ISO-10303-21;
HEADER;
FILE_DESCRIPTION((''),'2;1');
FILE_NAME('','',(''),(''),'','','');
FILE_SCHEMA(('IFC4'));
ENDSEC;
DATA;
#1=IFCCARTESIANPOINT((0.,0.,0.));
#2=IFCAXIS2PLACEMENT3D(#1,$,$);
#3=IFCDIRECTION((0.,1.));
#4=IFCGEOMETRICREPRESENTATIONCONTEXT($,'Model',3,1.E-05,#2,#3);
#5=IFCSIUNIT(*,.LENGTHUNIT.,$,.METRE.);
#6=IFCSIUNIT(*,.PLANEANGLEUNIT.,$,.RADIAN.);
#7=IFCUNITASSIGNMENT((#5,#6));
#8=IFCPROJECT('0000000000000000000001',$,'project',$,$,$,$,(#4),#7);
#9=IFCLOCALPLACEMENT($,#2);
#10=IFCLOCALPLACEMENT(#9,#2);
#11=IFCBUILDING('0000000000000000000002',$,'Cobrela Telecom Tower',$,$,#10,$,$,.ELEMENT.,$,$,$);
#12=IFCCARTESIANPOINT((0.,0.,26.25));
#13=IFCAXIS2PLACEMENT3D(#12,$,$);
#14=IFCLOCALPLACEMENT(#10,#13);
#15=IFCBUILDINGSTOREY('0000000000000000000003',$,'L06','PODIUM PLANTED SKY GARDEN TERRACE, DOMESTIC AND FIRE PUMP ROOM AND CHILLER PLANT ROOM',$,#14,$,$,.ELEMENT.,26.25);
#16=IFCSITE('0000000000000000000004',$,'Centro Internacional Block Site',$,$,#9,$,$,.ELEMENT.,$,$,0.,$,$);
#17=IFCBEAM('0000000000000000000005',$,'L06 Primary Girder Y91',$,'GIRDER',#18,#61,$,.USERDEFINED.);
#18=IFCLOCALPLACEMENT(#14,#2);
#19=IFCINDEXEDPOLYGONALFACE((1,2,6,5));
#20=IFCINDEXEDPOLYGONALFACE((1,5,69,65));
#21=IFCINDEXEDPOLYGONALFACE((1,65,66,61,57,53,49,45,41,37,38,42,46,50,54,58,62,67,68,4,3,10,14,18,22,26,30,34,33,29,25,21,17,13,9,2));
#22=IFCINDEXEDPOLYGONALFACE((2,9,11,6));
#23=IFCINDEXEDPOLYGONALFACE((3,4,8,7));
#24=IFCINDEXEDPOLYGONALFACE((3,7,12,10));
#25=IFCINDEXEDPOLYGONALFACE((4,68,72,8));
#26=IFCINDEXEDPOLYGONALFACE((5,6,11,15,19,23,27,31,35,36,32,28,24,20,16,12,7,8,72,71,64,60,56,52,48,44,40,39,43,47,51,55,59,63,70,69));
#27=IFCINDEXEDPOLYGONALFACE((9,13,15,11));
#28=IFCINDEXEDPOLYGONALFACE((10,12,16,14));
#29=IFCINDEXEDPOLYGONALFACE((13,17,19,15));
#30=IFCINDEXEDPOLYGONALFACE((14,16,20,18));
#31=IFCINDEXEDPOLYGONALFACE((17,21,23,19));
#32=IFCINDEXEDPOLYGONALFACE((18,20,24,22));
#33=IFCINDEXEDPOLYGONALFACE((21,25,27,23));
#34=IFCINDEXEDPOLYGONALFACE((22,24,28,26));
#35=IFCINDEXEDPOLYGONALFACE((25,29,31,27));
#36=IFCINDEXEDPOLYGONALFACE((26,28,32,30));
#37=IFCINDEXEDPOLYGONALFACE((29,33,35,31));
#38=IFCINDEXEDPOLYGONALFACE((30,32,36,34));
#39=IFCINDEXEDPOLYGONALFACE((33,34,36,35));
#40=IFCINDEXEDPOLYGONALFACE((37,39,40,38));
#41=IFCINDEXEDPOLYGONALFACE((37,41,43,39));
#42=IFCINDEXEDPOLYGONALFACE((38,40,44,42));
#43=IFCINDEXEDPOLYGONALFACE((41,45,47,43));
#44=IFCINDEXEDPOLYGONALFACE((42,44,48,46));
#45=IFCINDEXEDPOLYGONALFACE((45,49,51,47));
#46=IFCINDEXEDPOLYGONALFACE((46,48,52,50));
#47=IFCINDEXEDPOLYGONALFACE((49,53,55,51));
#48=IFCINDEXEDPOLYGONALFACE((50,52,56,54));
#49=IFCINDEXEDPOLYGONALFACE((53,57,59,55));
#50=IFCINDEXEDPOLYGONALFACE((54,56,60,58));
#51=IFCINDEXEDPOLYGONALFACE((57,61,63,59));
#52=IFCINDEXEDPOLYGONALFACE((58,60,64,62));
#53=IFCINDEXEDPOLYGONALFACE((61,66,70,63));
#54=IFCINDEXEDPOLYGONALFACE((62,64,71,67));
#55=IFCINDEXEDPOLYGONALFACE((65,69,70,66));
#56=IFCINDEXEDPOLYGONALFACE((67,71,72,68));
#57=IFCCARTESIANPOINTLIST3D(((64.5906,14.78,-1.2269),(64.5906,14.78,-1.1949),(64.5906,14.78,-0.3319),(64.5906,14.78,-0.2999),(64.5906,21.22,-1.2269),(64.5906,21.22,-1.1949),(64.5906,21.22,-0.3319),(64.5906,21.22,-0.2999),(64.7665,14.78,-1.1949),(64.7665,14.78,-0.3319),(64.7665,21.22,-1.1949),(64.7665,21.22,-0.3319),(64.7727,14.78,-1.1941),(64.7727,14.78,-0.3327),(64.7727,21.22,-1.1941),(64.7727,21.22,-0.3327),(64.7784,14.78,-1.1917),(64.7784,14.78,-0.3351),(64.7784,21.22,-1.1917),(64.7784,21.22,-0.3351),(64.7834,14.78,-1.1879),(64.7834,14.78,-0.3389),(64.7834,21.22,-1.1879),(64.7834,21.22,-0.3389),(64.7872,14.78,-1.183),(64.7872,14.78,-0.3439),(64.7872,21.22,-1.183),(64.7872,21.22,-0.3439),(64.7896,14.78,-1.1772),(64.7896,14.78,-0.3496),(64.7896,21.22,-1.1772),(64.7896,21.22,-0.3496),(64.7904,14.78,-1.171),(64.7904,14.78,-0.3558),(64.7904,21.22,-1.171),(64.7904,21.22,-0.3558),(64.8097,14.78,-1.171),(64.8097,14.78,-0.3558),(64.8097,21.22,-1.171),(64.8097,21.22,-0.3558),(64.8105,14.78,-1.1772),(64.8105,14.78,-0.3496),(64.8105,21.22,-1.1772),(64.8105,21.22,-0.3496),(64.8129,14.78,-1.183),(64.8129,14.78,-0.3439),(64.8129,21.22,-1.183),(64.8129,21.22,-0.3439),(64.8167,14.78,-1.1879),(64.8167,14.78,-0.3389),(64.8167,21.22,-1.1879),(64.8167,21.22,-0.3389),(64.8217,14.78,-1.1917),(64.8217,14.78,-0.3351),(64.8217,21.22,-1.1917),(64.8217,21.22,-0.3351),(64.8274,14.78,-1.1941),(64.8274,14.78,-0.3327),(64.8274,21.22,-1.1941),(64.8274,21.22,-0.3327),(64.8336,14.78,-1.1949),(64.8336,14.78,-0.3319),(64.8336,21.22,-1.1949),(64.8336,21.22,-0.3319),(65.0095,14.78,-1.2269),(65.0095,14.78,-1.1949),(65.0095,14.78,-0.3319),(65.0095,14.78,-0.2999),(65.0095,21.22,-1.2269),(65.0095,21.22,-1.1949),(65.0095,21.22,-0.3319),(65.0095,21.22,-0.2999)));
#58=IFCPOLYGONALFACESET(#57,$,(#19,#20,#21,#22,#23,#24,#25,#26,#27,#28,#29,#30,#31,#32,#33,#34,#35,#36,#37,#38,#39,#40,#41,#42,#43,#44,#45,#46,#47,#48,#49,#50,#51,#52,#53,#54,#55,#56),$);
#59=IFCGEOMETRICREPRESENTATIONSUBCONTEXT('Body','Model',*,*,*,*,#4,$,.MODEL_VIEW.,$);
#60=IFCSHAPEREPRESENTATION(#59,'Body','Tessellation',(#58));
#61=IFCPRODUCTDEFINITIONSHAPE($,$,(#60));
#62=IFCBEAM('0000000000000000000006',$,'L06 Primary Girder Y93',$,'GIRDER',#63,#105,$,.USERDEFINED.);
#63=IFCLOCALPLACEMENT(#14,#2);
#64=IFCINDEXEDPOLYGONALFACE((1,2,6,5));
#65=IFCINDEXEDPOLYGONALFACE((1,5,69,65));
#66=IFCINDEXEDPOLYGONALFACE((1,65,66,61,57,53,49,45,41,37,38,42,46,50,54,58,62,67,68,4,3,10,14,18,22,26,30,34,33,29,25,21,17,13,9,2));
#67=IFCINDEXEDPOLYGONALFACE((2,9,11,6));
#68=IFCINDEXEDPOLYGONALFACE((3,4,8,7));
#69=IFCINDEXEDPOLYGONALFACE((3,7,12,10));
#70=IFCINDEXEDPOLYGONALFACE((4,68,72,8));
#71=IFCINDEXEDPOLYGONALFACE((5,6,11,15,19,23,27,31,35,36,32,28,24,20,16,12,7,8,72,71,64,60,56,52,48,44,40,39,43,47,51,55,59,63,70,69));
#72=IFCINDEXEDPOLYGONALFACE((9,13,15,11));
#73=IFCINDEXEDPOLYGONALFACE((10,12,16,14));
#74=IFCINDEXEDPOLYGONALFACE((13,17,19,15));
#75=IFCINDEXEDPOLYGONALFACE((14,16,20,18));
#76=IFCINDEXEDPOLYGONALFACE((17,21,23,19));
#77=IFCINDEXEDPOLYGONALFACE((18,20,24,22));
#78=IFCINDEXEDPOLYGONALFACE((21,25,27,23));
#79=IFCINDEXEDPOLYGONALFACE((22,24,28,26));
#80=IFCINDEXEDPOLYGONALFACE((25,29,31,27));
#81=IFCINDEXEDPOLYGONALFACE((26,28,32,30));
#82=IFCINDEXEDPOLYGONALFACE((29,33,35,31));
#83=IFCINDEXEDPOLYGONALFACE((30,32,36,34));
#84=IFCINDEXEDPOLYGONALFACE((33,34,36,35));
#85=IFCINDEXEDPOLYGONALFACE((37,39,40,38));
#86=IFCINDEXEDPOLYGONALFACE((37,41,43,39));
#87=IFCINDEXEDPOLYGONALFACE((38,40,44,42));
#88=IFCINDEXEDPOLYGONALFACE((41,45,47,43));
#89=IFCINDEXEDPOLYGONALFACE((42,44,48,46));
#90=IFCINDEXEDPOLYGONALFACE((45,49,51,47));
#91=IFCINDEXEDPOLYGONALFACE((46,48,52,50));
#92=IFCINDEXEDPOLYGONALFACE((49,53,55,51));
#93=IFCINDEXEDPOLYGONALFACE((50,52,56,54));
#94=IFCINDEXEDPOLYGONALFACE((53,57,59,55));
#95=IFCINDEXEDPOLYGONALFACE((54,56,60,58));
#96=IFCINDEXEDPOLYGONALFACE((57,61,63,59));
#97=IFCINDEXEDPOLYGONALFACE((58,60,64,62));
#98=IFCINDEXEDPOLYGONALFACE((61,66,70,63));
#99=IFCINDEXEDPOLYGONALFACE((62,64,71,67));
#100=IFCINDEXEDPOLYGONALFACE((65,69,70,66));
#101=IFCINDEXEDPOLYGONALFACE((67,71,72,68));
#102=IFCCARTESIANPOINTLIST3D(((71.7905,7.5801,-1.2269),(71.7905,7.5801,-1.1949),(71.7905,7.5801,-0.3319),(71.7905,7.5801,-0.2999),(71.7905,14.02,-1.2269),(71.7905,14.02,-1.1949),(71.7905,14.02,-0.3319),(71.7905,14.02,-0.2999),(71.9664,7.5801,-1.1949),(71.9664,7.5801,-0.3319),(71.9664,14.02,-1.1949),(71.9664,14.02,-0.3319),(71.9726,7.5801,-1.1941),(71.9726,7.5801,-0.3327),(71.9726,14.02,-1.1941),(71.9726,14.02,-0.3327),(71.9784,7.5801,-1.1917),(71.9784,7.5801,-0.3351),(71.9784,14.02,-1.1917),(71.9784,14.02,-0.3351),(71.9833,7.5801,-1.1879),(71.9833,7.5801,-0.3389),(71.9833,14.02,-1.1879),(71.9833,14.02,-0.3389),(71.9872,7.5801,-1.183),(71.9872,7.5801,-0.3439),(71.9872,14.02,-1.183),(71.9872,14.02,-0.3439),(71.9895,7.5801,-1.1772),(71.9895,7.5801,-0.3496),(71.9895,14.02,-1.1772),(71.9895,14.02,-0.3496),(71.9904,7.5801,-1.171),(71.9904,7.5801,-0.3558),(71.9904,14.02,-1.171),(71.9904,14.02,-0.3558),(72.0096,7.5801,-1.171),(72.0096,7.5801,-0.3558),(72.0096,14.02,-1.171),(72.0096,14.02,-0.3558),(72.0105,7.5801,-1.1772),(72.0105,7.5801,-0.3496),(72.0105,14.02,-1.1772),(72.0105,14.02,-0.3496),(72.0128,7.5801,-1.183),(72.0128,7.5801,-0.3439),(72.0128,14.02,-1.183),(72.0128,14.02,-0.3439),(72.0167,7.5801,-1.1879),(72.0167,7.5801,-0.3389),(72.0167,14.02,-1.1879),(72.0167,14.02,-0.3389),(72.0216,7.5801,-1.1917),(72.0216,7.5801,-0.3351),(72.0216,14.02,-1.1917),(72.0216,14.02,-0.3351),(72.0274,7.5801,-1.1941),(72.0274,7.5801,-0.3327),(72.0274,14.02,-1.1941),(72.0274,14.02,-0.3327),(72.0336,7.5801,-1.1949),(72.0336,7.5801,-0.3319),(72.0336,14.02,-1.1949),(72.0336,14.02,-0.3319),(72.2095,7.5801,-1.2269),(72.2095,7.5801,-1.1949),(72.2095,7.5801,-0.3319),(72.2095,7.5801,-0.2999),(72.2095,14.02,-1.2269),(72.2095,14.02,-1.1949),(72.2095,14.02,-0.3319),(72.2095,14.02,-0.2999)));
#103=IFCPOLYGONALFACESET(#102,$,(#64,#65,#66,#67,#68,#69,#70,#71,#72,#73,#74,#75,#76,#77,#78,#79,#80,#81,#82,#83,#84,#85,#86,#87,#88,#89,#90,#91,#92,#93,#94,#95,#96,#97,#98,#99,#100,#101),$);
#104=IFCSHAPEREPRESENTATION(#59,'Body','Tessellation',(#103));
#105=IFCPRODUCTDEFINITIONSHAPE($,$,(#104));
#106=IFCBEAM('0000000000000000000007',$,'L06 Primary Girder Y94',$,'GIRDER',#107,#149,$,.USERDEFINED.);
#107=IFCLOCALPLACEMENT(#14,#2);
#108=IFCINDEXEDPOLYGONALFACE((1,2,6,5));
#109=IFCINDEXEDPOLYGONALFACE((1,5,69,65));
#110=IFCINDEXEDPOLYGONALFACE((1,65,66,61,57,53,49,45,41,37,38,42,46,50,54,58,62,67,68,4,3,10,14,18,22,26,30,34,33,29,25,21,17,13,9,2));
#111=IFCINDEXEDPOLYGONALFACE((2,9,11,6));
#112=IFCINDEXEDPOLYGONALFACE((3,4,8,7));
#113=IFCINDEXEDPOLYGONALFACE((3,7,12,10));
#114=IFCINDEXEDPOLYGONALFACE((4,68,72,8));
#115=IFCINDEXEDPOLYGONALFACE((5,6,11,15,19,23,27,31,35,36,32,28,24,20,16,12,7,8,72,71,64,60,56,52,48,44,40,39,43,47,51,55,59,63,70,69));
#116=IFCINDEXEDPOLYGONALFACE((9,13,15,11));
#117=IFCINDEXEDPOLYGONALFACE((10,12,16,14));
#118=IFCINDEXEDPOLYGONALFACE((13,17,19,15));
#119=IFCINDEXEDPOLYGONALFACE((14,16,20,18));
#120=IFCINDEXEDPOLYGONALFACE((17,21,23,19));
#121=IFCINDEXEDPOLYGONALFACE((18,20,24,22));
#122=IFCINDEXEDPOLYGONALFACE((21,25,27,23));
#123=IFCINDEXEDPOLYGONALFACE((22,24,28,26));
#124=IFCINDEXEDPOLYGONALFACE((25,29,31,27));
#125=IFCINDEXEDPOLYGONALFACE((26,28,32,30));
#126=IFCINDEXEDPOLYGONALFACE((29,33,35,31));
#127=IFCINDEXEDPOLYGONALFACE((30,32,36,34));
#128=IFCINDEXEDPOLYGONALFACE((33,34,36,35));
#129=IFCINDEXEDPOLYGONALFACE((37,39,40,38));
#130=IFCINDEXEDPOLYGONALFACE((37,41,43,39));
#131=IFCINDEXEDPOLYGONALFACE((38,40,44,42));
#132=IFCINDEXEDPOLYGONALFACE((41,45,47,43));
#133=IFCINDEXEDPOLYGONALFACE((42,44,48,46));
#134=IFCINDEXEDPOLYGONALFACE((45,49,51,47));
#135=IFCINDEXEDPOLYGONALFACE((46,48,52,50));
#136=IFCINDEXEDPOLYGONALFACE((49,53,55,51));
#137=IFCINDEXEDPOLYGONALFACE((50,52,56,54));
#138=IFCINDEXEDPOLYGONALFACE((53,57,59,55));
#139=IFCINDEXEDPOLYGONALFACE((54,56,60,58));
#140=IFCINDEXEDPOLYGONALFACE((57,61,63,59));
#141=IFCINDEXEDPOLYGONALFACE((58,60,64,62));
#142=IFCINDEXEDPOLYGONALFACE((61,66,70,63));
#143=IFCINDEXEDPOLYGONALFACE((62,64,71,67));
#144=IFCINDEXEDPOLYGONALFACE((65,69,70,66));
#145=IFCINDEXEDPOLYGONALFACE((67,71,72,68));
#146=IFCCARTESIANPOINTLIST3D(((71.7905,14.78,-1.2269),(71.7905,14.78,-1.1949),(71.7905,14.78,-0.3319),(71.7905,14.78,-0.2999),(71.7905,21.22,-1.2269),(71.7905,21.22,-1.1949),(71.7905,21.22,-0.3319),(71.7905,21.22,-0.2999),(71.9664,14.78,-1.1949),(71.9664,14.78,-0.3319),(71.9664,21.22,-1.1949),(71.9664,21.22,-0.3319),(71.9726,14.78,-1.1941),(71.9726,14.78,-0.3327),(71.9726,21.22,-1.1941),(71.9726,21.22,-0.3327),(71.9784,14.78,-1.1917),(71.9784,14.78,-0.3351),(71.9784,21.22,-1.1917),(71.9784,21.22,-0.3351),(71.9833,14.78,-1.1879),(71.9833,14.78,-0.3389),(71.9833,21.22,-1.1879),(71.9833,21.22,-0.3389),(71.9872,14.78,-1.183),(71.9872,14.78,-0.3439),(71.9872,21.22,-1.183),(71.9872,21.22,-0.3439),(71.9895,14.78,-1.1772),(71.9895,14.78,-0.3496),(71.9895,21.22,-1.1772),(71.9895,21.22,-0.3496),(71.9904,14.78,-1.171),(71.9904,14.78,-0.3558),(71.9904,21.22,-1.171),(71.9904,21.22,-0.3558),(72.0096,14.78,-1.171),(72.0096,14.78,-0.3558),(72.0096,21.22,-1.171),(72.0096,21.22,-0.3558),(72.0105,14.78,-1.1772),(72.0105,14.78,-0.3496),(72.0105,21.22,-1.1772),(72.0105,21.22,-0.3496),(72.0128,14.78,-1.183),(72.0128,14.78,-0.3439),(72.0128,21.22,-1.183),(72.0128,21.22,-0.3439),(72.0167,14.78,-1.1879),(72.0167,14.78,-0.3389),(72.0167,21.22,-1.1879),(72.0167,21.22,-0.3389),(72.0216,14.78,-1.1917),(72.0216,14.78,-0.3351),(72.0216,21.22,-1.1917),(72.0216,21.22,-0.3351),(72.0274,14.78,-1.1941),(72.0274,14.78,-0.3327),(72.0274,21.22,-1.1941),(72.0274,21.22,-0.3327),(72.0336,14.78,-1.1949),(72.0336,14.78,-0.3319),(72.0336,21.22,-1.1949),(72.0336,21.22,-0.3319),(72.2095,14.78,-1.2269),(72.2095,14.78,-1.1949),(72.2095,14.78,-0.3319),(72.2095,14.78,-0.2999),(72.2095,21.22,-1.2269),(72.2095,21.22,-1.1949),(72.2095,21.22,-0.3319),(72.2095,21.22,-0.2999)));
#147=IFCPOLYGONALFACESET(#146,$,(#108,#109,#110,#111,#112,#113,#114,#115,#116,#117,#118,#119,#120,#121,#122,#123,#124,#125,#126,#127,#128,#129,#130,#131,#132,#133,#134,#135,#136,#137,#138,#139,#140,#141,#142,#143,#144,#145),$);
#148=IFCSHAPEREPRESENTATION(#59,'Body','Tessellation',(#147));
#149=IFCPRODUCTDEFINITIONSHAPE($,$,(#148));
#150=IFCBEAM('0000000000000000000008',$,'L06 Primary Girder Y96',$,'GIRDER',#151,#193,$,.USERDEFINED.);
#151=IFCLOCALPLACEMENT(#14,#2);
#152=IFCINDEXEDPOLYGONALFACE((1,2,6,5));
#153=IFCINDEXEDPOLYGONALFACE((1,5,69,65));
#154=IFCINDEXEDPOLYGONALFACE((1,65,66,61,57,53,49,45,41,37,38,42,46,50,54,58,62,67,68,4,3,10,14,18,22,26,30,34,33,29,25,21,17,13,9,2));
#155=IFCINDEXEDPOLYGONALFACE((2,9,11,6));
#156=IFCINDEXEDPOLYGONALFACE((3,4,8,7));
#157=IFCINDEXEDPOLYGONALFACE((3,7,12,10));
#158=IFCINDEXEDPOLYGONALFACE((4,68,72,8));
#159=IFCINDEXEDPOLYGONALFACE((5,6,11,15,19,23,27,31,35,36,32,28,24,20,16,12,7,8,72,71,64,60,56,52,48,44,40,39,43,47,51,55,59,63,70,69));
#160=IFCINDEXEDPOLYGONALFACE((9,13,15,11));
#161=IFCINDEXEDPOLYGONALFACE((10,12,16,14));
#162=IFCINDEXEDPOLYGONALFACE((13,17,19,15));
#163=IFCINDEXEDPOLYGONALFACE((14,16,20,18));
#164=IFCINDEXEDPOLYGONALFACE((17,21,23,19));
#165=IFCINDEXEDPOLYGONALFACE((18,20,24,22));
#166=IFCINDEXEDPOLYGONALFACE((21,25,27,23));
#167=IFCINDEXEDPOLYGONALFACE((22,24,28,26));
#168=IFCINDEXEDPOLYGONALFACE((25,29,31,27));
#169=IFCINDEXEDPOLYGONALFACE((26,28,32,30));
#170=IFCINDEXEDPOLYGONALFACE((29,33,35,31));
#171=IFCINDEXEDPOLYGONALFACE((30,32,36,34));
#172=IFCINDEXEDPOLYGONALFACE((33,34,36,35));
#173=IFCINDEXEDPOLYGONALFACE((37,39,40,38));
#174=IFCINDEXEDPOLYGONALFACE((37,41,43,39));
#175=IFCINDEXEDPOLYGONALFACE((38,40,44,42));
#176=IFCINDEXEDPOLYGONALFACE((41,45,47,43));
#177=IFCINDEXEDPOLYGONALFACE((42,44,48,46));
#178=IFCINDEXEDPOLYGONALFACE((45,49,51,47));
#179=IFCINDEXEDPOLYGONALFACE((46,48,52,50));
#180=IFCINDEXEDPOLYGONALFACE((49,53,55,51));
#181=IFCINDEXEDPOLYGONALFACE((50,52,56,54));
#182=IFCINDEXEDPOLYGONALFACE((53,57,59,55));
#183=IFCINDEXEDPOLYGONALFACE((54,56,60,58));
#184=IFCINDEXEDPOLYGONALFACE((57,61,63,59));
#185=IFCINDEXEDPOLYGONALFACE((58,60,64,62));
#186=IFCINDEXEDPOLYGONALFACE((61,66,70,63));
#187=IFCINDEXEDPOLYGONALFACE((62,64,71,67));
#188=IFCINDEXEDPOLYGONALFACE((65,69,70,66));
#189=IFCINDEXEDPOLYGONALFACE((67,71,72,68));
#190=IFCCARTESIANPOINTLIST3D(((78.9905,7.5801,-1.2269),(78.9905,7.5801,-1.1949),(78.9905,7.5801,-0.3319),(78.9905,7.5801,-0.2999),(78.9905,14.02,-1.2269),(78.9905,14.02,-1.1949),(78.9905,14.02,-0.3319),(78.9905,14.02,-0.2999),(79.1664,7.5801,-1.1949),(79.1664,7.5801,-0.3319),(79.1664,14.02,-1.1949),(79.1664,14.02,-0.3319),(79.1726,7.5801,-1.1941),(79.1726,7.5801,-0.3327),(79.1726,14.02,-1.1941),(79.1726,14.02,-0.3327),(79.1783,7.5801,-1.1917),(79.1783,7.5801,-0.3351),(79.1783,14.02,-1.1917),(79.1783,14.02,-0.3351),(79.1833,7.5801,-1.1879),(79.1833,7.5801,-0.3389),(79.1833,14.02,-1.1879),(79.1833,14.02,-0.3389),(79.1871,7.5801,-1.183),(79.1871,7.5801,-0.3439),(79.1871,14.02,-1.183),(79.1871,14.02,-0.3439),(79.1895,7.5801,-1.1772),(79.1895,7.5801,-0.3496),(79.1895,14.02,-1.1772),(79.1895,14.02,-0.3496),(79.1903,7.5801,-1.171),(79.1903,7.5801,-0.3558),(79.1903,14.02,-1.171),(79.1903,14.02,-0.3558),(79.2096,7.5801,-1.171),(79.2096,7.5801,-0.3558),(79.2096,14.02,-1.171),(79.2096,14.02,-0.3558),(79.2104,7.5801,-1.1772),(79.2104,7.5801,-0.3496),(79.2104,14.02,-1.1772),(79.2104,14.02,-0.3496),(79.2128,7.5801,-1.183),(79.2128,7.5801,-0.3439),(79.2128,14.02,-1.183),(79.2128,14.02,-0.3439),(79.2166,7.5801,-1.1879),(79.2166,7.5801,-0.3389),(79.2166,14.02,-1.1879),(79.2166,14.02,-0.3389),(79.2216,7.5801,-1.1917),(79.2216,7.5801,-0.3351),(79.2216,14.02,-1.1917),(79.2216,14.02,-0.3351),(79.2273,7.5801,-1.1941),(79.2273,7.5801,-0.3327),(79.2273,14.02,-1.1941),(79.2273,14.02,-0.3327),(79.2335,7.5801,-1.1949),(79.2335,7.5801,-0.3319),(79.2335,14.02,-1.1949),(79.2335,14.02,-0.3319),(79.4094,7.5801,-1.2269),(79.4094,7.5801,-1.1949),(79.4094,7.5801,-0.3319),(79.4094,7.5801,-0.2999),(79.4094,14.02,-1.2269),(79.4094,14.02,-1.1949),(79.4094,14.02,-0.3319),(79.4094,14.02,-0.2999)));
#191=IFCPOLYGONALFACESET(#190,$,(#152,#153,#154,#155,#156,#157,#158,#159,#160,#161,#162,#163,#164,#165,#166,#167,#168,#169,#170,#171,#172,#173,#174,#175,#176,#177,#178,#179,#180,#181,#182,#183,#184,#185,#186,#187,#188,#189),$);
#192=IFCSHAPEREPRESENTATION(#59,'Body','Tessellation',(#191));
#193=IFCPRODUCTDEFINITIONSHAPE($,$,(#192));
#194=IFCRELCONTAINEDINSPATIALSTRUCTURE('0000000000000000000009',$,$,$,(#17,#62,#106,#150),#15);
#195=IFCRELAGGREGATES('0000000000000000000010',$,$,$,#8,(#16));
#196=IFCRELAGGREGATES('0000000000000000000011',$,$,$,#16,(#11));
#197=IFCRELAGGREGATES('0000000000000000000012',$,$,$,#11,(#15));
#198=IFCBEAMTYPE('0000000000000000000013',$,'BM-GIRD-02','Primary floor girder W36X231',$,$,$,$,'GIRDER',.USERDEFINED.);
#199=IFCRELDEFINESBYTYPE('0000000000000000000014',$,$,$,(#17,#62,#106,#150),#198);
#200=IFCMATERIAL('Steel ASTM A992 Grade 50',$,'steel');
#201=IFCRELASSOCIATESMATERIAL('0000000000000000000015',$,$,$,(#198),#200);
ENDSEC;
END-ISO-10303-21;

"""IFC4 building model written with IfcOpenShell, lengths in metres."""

from ifc_helpers import new_model, si_unit, direction, frame, origin, origin_2d, place, context, subcontext, project, spatial, i_section, extrude, material, material_profile, profile_set, type_object, element, save


model = new_model("IFC4")

# Units and contexts
model_context = context("Model", 3, precision=1e-05, world=origin(), true_north=direction((0.0, 1.0)))
body_context = subcontext(model_context, "Body", "Model", "MODEL_VIEW")
ifc_project = project(units=[si_unit("LENGTHUNIT", "METRE"), si_unit("PLANEANGLEUNIT", "RADIAN")], contexts=[model_context])

# Site, building, storey
site_placement = place(None, origin())
site = spatial("IfcSite", under=ifc_project, at=site_placement, Name="Centro Internacional Block Site", CompositionType="ELEMENT", RefElevation=0.0)
building_placement = place(site_placement, origin())
building = spatial("IfcBuilding", under=site, at=building_placement, Name="Cobrela Telecom Tower", CompositionType="ELEMENT")
storey_placement = place(building_placement, frame((0.0, 0.0, 26.25)))
storey = spatial("IfcBuildingStorey", under=building, at=storey_placement, Name="L06", Description="PODIUM PLANTED SKY GARDEN TERRACE, DOMESTIC AND FIRE PUMP ROOM AND CHILLER PLANT ROOM", CompositionType="ELEMENT", Elevation=26.25)

# Beams
ifc_material_1 = material(Name="Steel ASTM A992 Grade 50", Category="steel")
ifc_material_profile_1 = material_profile(ifc_material_1, i_section(OverallWidth=0.4189, OverallDepth=0.927, WebThickness=0.0193, FlangeThickness=0.032, FilletRadius=0.0239, at=origin_2d()), Name="W36X231")
ifc_profile_set_1 = profile_set([ifc_material_profile_1], Name="Steel ASTM A992 Grade 50")
beam_type_1 = type_object("IfcBeamType", Name="BM-GIRD-02", Description="Primary floor girder W36X231", ElementType="GIRDER", PredefinedType="USERDEFINED", material=ifc_profile_set_1)
for number, where, z_axis, x_axis, name in (
    (1, (64.8, 14.78, -0.7634), (0.0, 1.0, 0.0), (-1.0, 0.0, 0.0), "L06 Primary Girder Y91"),
    (2, (72.0, 7.5801, -0.7634), (0.0, 1.0, 0.0), (-1.0, 0.0, 0.0), "L06 Primary Girder Y93"),
    (3, (72.0, 14.78, -0.7634), (0.0, 1.0, 0.0), (-1.0, 0.0, 0.0), "L06 Primary Girder Y94"),
    (4, (79.2, 7.5801, -0.7634), (0.0, 1.0, 0.0), (-1.0, 0.0, 0.0), "L06 Primary Girder Y96"),
):
    element("IfcBeam", number, at=place(storey_placement, frame(where, z_axis=z_axis, x_axis=x_axis)), inside=storey, type_object=beam_type_1, Name=name, ObjectType="GIRDER", PredefinedType="USERDEFINED", context=body_context, shape_type="SweptSolid", body=[
        extrude(i_section(OverallWidth=0.4189, OverallDepth=0.927, WebThickness=0.0193, FlangeThickness=0.032, FilletRadius=0.0239, at=origin_2d()), origin(), (0.0, 0.0, 1.0), 6.4399),
    ])

save(model, "model.ifc")
